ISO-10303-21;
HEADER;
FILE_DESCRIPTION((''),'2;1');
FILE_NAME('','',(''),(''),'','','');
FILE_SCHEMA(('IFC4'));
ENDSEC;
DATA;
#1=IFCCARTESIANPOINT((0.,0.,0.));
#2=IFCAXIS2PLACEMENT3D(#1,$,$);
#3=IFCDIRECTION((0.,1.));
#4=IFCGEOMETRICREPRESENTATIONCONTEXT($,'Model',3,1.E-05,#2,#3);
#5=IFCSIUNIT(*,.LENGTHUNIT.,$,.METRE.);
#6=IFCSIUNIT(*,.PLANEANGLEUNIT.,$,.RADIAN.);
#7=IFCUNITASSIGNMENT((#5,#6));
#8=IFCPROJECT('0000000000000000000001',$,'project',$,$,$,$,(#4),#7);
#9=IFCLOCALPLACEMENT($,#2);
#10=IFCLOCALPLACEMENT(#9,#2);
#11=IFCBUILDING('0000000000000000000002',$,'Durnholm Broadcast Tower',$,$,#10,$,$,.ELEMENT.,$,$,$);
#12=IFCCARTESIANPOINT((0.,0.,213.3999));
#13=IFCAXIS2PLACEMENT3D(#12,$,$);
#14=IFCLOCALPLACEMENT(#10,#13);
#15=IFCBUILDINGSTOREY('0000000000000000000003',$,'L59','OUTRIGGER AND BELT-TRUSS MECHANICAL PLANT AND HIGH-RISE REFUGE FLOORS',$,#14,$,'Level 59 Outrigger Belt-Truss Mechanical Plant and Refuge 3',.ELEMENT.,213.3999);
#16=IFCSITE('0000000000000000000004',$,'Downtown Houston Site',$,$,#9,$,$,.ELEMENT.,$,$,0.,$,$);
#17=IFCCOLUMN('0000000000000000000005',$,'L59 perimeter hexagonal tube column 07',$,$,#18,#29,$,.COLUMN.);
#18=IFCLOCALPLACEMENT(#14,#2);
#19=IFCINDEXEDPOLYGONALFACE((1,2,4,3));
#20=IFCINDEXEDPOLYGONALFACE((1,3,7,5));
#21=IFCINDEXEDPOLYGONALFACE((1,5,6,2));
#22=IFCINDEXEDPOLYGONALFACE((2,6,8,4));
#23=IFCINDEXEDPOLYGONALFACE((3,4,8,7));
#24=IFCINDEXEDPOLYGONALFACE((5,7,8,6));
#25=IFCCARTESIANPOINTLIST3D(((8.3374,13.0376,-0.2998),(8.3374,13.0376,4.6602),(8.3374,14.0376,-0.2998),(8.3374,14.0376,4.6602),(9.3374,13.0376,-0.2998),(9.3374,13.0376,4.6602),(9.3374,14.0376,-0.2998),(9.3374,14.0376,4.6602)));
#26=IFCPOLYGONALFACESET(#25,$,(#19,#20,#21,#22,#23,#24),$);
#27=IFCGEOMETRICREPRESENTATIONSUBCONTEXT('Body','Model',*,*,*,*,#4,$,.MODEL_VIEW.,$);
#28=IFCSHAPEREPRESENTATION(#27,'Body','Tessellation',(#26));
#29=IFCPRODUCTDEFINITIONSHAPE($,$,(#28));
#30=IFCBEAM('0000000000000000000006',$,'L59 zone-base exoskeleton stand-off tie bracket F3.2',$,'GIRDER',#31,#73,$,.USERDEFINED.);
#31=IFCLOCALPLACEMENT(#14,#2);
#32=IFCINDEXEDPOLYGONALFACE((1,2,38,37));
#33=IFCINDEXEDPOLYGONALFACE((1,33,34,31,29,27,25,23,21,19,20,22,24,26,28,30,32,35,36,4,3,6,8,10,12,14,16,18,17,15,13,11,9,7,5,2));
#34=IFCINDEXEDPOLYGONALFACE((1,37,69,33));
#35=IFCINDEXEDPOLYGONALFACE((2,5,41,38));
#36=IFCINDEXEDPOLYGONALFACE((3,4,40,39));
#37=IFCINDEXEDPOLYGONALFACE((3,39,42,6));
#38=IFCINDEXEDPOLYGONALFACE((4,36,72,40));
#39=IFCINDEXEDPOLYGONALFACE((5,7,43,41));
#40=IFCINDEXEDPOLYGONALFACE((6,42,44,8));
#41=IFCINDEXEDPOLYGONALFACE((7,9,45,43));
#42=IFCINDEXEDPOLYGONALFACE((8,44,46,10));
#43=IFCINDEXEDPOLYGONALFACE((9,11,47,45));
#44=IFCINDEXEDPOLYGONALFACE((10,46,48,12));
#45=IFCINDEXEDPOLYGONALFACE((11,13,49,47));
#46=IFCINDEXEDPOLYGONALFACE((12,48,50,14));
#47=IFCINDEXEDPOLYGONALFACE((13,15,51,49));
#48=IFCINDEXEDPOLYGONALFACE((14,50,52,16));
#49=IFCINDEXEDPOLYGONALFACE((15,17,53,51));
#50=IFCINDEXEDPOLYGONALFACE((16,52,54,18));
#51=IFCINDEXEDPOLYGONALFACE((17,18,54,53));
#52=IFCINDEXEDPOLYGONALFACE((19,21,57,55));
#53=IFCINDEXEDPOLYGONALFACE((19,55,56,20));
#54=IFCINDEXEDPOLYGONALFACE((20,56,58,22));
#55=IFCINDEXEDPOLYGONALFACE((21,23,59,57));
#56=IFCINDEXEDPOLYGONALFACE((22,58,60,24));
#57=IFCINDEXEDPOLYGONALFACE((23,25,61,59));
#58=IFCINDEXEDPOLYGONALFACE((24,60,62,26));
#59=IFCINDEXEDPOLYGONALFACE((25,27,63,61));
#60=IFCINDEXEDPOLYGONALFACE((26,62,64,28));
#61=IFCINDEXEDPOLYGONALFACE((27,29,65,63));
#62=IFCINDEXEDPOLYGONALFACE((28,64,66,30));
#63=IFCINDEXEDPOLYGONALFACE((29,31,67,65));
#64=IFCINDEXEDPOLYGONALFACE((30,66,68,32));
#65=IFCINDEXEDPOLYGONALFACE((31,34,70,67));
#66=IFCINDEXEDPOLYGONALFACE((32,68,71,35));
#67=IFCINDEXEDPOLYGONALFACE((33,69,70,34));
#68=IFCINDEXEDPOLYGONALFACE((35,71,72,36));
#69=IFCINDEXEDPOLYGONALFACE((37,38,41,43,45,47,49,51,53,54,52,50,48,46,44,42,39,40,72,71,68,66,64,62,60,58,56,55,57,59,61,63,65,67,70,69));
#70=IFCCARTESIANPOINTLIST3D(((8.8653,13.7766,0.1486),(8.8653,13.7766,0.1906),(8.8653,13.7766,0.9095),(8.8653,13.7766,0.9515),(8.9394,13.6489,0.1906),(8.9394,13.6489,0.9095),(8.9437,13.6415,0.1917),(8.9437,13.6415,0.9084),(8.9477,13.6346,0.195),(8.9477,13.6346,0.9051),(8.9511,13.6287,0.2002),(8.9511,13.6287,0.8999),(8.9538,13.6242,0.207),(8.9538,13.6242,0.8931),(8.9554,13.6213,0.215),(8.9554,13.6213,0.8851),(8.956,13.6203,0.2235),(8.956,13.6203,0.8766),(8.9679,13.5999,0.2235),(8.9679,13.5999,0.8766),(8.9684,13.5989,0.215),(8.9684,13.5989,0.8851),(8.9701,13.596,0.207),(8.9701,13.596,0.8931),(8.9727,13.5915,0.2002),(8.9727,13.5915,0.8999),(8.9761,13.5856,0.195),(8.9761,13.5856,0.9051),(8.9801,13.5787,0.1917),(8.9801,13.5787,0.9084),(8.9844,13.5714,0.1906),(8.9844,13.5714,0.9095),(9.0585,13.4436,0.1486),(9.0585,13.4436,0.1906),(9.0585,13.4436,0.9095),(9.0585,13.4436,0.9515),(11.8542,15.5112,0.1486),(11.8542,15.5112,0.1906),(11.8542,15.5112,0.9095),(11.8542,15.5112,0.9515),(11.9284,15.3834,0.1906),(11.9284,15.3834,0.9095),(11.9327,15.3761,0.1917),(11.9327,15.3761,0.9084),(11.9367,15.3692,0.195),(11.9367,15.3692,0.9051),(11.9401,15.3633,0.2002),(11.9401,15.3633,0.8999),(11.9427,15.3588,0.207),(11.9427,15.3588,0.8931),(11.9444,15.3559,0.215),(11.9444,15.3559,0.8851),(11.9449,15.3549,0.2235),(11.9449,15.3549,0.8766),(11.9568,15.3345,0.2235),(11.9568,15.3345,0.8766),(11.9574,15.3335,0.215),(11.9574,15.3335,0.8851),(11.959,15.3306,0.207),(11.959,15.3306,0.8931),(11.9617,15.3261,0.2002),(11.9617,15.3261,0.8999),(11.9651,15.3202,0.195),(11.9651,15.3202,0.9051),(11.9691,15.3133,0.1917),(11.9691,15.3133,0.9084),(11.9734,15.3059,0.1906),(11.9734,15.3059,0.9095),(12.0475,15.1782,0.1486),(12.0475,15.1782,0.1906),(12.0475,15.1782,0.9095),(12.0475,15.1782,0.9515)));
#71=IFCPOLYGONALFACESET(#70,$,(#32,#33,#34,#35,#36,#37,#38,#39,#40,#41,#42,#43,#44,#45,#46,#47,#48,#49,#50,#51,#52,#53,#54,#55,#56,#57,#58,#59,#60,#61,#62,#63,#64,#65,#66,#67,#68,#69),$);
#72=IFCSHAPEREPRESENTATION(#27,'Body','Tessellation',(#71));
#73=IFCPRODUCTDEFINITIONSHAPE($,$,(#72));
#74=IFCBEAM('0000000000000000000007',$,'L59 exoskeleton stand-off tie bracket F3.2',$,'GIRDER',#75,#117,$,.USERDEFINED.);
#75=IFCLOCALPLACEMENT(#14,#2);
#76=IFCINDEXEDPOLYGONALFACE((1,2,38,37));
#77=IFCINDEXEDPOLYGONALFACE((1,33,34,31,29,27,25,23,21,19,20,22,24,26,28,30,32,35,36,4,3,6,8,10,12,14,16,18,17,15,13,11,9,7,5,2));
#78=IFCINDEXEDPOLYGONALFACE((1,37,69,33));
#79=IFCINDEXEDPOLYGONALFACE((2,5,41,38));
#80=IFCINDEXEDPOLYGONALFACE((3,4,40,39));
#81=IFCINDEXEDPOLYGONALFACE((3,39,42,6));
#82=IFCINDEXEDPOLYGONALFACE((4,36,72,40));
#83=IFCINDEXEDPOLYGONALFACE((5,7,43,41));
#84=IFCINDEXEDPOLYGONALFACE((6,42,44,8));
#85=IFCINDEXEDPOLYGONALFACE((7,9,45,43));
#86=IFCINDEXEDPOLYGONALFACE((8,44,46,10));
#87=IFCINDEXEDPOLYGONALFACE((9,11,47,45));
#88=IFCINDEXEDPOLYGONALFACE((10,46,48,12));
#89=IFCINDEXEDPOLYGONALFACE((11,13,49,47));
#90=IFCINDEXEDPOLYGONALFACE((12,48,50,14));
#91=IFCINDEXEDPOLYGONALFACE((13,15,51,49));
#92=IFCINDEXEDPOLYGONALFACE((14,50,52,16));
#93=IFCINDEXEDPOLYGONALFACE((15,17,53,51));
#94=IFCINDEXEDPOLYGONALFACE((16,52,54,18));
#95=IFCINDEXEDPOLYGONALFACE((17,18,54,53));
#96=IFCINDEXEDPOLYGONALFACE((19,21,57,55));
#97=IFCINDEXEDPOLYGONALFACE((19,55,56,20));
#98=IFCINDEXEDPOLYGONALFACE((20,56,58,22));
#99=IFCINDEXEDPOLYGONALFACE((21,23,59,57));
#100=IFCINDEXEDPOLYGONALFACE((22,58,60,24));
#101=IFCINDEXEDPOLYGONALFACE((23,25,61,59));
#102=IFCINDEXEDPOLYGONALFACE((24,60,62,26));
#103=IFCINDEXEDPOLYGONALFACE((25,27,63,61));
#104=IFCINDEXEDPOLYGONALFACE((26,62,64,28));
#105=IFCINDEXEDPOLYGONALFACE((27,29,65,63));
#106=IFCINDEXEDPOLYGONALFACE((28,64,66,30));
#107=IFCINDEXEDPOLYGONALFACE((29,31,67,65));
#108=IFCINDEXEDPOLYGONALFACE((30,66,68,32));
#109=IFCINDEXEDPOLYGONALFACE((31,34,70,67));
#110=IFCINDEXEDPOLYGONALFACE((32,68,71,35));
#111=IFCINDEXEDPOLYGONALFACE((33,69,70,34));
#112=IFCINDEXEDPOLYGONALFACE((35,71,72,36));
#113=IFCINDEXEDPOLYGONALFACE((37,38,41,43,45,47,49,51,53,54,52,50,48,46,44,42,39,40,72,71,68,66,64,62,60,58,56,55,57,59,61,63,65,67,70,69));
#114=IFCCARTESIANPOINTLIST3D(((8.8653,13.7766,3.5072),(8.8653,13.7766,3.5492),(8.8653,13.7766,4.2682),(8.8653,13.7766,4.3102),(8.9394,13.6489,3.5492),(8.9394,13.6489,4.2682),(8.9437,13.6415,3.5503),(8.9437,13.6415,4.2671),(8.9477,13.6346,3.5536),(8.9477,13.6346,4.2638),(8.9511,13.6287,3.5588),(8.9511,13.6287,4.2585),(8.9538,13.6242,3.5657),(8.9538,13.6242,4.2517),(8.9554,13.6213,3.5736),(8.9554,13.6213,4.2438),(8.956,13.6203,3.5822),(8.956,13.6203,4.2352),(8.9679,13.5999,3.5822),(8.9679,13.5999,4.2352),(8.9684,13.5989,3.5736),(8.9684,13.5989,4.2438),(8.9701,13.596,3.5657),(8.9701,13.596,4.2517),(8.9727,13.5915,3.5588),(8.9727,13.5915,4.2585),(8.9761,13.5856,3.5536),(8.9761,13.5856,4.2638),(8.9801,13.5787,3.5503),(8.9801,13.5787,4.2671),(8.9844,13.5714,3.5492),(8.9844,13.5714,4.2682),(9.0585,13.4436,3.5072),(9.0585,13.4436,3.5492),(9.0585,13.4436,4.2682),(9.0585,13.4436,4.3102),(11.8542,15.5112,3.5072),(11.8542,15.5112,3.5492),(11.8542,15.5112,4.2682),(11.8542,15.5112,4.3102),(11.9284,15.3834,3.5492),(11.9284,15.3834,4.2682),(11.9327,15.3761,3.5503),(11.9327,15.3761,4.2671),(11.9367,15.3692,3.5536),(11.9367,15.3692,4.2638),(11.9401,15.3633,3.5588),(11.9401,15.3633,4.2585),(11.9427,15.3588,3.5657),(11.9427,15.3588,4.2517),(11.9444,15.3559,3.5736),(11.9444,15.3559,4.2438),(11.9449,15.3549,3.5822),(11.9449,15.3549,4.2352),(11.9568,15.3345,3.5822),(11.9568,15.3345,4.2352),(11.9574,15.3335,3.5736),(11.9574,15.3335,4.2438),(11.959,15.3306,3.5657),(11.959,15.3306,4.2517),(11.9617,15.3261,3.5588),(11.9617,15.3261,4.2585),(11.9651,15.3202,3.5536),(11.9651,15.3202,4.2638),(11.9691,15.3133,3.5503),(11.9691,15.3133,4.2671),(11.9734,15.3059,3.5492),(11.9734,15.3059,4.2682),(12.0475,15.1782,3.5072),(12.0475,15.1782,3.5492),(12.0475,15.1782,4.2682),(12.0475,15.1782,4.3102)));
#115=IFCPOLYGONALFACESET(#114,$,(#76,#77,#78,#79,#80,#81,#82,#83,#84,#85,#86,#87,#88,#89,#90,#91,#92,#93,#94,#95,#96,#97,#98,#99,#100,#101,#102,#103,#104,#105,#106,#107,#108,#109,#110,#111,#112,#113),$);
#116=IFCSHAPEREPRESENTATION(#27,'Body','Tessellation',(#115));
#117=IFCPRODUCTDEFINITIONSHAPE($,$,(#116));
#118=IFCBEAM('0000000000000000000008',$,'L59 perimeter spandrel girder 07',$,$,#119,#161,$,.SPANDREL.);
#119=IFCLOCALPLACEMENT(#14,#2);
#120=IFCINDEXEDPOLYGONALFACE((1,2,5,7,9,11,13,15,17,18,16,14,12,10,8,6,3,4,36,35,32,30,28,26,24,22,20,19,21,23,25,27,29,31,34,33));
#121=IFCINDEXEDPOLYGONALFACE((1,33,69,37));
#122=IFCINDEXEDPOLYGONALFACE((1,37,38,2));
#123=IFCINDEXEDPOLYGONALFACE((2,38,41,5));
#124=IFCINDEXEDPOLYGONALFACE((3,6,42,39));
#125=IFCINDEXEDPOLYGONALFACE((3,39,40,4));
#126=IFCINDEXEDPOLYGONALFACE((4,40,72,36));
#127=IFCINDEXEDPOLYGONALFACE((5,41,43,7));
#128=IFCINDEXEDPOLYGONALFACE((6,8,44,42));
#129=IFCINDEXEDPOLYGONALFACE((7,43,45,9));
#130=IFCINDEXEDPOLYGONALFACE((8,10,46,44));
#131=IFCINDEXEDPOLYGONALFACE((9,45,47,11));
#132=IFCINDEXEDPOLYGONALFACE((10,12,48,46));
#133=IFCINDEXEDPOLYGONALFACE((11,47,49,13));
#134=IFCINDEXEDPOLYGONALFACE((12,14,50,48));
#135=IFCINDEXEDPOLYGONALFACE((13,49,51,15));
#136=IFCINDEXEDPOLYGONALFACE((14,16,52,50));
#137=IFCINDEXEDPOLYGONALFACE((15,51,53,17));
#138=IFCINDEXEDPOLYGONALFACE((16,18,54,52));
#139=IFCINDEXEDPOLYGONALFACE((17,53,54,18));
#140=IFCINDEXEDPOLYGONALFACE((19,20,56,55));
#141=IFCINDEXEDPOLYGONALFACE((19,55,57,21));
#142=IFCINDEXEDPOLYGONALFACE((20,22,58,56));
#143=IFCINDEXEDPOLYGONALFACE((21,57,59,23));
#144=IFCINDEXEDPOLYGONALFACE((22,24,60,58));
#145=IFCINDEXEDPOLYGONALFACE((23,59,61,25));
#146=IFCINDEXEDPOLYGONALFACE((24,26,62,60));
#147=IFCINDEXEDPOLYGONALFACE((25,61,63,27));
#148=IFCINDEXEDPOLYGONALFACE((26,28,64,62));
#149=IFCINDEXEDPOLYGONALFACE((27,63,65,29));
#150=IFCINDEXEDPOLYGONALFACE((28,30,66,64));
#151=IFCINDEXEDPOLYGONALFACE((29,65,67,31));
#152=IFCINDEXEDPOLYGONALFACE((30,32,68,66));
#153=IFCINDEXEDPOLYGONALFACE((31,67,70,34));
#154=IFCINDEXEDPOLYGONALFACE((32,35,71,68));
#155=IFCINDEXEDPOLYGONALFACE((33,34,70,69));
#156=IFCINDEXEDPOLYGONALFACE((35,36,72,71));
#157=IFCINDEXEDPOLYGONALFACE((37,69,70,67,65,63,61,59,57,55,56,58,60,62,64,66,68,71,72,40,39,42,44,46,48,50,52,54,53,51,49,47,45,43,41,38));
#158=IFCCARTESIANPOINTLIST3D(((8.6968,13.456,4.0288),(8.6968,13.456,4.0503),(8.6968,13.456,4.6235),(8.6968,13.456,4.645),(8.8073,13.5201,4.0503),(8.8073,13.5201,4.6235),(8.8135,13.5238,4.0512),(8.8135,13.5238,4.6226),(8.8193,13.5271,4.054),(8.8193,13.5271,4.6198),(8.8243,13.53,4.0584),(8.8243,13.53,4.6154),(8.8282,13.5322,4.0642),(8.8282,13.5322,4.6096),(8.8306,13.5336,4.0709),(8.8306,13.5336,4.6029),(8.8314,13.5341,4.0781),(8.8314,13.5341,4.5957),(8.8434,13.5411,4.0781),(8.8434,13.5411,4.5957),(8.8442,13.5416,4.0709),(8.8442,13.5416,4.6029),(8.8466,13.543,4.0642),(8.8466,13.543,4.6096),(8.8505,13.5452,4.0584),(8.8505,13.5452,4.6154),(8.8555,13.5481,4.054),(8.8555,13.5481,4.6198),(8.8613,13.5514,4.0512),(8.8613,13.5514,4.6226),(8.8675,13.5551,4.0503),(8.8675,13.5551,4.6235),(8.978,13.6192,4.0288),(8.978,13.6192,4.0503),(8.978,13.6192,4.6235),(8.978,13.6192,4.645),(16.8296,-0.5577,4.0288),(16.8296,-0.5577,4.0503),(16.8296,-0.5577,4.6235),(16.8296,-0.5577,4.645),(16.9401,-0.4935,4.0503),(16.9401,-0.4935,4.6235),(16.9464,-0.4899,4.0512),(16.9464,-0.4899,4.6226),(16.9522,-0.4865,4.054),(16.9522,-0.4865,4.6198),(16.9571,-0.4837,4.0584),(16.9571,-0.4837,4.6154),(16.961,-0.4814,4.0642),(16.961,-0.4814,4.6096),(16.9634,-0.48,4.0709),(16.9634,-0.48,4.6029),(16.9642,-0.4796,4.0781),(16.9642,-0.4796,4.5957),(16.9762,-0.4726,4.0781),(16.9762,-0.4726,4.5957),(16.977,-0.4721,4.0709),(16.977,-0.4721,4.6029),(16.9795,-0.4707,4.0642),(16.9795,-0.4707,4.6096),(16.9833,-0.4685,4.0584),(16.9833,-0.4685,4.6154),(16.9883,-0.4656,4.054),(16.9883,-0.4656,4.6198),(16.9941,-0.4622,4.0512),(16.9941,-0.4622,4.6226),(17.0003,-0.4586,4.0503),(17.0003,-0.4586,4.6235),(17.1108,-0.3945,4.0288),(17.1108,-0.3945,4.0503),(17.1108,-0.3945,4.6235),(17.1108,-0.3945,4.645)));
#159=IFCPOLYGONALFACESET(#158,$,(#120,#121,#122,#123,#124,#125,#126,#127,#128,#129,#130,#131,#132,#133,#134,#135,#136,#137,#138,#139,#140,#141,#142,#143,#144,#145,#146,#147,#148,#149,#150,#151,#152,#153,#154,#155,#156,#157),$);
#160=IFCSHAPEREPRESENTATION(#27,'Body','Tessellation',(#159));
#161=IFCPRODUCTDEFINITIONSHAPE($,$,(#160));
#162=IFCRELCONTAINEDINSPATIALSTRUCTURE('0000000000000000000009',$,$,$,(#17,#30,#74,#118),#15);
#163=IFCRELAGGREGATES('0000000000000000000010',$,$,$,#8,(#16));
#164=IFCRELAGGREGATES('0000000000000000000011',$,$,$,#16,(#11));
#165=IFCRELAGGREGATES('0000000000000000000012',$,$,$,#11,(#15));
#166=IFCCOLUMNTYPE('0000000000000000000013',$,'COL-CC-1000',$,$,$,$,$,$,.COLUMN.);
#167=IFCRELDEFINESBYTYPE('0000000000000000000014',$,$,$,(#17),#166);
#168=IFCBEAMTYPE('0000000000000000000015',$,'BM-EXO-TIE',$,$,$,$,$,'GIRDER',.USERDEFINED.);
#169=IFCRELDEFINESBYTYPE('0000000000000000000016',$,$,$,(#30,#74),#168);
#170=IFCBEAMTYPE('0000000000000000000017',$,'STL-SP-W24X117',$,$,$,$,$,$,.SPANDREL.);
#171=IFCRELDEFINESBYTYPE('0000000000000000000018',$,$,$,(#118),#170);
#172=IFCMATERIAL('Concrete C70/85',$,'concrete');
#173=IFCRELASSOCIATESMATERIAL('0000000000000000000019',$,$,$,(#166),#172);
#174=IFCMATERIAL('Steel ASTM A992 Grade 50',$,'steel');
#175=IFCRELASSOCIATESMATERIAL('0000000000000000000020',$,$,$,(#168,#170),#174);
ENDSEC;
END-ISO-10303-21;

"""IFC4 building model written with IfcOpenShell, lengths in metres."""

from ifc_helpers import new_model, si_unit, direction, frame, origin, origin_2d, place, context, subcontext, project, spatial, rectangle, i_section, extrude, source, transform, mapped, material, material_profile, profile_set, type_object, type_shapes, element, save


model = new_model("IFC4")

# Units and contexts
model_context = context("Model", 3, precision=1e-05, world=origin(), true_north=direction((0.0, 1.0)))
body_context = subcontext(model_context, "Body", "Model", "MODEL_VIEW")
ifc_project = project(units=[si_unit("LENGTHUNIT", "METRE"), si_unit("PLANEANGLEUNIT", "RADIAN")], contexts=[model_context])

# Site, building, storey
site_placement = place(None, origin())
site = spatial("IfcSite", under=ifc_project, at=site_placement, Name="Downtown Houston Site", CompositionType="ELEMENT", RefElevation=0.0)
building_placement = place(site_placement, origin())
building = spatial("IfcBuilding", under=site, at=building_placement, Name="Durnholm Broadcast Tower", CompositionType="ELEMENT")
storey_placement = place(building_placement, frame((0.0, 0.0, 213.3999)))
storey = spatial("IfcBuildingStorey", under=building, at=storey_placement, Name="L59", Description="OUTRIGGER AND BELT-TRUSS MECHANICAL PLANT AND HIGH-RISE REFUGE FLOORS", LongName="Level 59 Outrigger Belt-Truss Mechanical Plant and Refuge 3", CompositionType="ELEMENT", Elevation=213.3999)

# Column
ifc_material_1 = material(Name="Concrete C70/85", Category="concrete")
ifc_material_profile_1 = material_profile(ifc_material_1, rectangle(XDim=1.0, YDim=1.0, at=origin_2d()), Name="RC1000X1000")
ifc_profile_set_1 = profile_set([ifc_material_profile_1], Name="Concrete C70/85")
column_type = type_object("IfcColumnType", Name="COL-CC-1000", PredefinedType="COLUMN", material=ifc_profile_set_1)
shared_shape_1 = source(origin(), body_context, "Body", "SweptSolid", [
    extrude(rectangle(XDim=1.0, YDim=1.0, at=origin_2d()), origin(), (0.0, 0.0, 1.0), 4.96),
])
type_shapes(column_type, [shared_shape_1])
column_placement = place(storey_placement, frame((8.8374, 13.5376, -0.2998), z_axis=(0.0, 0.0, 1.0), x_axis=(1.0, 0.0, 0.0)))
element("IfcColumn", 1, at=column_placement, inside=storey, type_object=column_type, Name="L59 perimeter hexagonal tube column 07", PredefinedType="COLUMN", context=body_context, shape_type="MappedRepresentation", body=[
    mapped(shared_shape_1, transform((0.0, 0.0, 0.0), x_axis=(1.0, 0.0, 0.0), y_axis=(0.0, 1.0, 0.0), z_axis=(0.0, 0.0, 1.0), scale=1.0)),
])

# Beams
ifc_material_2 = material(Name="Steel ASTM A992 Grade 50", Category="steel")
ifc_material_profile_2 = material_profile(ifc_material_2, i_section(OverallWidth=0.385, OverallDepth=0.803, WebThickness=0.0237, FlangeThickness=0.042, FilletRadius=0.033, at=origin_2d()), Name="W30X261")
ifc_profile_set_2 = profile_set([ifc_material_profile_2], Name="Steel ASTM A992 Grade 50")
beam_type_1 = type_object("IfcBeamType", Name="BM-EXO-TIE", ElementType="GIRDER", PredefinedType="USERDEFINED", material=ifc_profile_set_2)
shared_shape_2 = source(origin(), body_context, "Body", "SweptSolid", [
    extrude(i_section(OverallWidth=0.385, OverallDepth=0.803, WebThickness=0.0237, FlangeThickness=0.042, FilletRadius=0.033, at=origin_2d()), origin(), (0.0, 0.0, 1.0), 3.4558),
])
for number, where, z_axis, x_axis, name in (
    (2, (8.9619, 13.6101, 0.55), (0.864907, 0.501933, 0.0), (-0.501933, 0.864907, 0.0), "L59 zone-base exoskeleton stand-off tie bracket F3.2"),
    (3, (8.9619, 13.6101, 3.9087), (0.864907, 0.501933, 0.0), (-0.501933, 0.864907, 0.0), "L59 exoskeleton stand-off tie bracket F3.2"),
):
    element("IfcBeam", number, at=place(storey_placement, frame(where, z_axis=z_axis, x_axis=x_axis)), inside=storey, type_object=beam_type_1, Name=name, ObjectType="GIRDER", PredefinedType="USERDEFINED", context=body_context, shape_type="MappedRepresentation", body=[
        mapped(shared_shape_2, transform((0.0, 0.0, 0.0), x_axis=(1.0, 0.0, 0.0), y_axis=(0.0, 1.0, 0.0), z_axis=(0.0, 0.0, 1.0), scale=1.0)),
    ])
ifc_material_profile_3 = material_profile(ifc_material_2, i_section(OverallWidth=0.3252, OverallDepth=0.6162, WebThickness=0.0139, FlangeThickness=0.0215, FilletRadius=0.0278, at=origin_2d()), Name="W24X117")
ifc_profile_set_3 = profile_set([ifc_material_profile_3], Name="Steel ASTM A992 Grade 50")
beam_type_2 = type_object("IfcBeamType", Name="STL-SP-W24X117", PredefinedType="SPANDREL", material=ifc_profile_set_3)
shared_shape_3 = source(origin(), body_context, "Body", "SweptSolid", [
    extrude(i_section(OverallWidth=0.3252, OverallDepth=0.6162, WebThickness=0.0139, FlangeThickness=0.0215, FilletRadius=0.0278, at=origin_2d()), origin(), (0.0, 0.0, 1.0), 16.2026),
])
type_shapes(beam_type_2, [shared_shape_3])
beam_1_placement = place(storey_placement, frame((8.8374, 13.5376, 4.3369), z_axis=(0.501944, -0.8649, 0.0), x_axis=(0.8649, 0.501944, 0.0)))
element("IfcBeam", 4, at=beam_1_placement, inside=storey, type_object=beam_type_2, Name="L59 perimeter spandrel girder 07", PredefinedType="SPANDREL", context=body_context, shape_type="MappedRepresentation", body=[
    mapped(shared_shape_3, transform((0.0, 0.0, 0.0), x_axis=(1.0, 0.0, 0.0), y_axis=(0.0, 1.0, 0.0), z_axis=(0.0, 0.0, 1.0), scale=1.0)),
])

save(model, "model.ifc")
